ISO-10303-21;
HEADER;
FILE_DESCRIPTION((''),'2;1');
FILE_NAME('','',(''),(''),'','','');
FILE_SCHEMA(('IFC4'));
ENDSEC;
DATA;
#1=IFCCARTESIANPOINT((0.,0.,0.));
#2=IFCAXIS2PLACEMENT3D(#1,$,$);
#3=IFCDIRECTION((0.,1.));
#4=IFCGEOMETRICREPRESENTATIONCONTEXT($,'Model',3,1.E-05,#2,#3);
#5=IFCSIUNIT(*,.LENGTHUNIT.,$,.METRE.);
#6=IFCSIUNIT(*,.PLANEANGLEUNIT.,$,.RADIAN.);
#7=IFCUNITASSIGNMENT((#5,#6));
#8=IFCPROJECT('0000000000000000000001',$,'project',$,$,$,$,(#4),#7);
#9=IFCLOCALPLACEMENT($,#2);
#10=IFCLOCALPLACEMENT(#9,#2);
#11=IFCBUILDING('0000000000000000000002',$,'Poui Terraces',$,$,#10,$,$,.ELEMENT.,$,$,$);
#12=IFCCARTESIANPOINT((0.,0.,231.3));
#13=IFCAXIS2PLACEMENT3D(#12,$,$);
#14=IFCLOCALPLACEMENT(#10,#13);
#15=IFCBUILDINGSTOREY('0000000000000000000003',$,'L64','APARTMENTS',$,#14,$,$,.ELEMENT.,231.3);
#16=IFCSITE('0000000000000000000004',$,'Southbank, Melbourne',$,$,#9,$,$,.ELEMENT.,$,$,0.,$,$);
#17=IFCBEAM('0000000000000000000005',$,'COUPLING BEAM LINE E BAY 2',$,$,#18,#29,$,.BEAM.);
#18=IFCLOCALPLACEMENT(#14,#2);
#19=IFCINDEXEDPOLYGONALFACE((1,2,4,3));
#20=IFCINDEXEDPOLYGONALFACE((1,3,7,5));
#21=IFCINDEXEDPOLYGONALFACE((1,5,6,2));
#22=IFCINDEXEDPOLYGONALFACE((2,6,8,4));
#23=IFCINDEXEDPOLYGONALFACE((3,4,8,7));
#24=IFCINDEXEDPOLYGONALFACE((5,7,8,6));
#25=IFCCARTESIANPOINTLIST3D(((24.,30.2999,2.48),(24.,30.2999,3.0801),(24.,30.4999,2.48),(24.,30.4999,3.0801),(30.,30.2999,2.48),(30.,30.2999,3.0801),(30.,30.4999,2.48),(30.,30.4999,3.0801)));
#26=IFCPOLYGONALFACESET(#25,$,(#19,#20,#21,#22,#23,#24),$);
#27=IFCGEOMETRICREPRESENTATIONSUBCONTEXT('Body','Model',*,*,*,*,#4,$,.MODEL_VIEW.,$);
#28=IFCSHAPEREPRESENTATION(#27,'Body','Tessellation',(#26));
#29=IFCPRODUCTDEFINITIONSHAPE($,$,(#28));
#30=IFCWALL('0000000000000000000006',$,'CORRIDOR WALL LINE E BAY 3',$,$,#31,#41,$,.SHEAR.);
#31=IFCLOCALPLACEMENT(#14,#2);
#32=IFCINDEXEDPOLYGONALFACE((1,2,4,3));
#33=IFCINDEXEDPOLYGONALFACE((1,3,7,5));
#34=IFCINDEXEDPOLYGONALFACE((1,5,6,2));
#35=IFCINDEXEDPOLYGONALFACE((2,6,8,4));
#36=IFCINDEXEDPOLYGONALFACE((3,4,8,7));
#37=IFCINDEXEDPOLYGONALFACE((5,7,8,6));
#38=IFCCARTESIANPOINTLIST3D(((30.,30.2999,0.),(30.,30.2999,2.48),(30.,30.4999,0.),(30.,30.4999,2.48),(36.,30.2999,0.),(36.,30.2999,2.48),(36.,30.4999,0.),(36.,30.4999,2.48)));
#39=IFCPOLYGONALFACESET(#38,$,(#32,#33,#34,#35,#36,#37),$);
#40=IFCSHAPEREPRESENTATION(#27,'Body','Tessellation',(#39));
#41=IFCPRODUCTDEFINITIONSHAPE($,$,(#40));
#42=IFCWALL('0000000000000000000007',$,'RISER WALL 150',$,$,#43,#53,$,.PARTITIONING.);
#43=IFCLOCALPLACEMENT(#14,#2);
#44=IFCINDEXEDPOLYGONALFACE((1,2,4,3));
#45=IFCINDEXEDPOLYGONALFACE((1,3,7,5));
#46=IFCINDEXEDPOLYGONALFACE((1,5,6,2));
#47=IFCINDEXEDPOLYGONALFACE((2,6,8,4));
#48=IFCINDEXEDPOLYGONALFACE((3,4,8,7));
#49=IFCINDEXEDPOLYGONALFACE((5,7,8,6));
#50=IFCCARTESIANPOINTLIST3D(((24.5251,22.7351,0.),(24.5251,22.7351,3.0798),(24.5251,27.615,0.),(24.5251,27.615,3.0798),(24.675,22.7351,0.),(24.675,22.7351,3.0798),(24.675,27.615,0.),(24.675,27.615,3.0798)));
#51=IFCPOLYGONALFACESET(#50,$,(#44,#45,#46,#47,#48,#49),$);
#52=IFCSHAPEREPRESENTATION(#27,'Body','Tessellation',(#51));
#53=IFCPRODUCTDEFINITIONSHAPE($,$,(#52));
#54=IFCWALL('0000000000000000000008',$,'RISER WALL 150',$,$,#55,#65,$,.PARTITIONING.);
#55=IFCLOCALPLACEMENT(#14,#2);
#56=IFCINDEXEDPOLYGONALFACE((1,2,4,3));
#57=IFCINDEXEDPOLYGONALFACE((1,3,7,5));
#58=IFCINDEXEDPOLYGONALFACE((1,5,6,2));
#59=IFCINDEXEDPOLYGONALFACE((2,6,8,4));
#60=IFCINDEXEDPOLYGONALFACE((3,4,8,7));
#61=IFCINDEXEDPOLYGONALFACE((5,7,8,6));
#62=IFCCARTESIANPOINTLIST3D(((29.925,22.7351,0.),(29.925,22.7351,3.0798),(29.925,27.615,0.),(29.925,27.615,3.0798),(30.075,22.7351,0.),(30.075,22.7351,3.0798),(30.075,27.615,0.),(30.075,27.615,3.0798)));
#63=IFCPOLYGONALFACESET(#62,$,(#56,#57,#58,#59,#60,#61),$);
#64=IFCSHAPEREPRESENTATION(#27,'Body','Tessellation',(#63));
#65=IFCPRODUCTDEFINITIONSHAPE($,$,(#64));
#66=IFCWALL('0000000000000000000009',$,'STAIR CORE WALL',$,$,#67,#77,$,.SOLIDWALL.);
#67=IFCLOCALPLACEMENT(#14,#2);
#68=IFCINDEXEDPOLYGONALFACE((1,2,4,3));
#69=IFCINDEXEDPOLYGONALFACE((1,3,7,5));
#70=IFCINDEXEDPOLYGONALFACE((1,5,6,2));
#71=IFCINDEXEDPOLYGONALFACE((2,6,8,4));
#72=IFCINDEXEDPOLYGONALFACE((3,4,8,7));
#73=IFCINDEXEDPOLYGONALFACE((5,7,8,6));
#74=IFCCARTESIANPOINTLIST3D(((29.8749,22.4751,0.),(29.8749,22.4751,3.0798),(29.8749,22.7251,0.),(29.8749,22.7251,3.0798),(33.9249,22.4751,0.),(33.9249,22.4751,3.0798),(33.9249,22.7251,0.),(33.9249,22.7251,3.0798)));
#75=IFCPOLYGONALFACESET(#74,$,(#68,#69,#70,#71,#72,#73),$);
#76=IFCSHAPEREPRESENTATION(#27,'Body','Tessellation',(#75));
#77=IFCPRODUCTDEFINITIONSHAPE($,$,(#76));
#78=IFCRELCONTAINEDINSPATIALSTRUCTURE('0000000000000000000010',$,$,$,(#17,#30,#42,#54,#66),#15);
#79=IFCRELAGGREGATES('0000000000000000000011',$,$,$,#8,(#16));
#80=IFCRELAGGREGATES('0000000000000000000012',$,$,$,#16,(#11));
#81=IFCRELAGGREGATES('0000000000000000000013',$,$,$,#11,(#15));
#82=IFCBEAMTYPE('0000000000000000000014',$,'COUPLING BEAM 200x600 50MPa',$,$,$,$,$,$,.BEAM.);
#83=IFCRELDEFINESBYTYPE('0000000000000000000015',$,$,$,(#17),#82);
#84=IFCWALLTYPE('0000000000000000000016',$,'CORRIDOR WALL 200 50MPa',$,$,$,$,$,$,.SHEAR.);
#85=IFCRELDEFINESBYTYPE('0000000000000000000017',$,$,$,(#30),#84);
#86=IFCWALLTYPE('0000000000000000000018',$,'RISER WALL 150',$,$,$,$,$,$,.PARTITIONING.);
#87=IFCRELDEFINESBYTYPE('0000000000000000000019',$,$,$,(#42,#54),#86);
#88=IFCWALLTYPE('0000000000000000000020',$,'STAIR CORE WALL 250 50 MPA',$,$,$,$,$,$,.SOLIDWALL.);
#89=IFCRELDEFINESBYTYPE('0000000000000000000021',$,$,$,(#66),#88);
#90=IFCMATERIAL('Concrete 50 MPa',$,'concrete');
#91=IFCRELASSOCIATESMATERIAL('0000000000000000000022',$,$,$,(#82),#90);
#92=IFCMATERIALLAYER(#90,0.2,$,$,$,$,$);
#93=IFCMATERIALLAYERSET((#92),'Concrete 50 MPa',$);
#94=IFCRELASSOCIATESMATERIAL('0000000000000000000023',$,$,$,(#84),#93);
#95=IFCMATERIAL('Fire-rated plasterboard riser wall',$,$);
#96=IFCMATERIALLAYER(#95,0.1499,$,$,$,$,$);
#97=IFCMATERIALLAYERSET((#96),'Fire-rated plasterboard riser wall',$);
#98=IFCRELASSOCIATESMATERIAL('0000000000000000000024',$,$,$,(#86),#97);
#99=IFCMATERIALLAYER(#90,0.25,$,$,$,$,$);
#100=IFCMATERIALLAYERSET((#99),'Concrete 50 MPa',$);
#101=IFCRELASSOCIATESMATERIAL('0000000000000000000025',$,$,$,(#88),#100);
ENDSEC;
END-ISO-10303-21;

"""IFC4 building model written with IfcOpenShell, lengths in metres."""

from ifc_helpers import new_model, si_unit, direction, frame, frame_2d, origin, origin_2d, place, context, subcontext, project, spatial, rectangle, extrude, source, transform, mapped, material, layer, layer_set, material_profile, profile_set, type_object, element, save


model = new_model("IFC4")

# Units and contexts
model_context = context("Model", 3, precision=1e-05, world=origin(), true_north=direction((0.0, 1.0)))
body_context = subcontext(model_context, "Body", "Model", "MODEL_VIEW")
ifc_project = project(units=[si_unit("LENGTHUNIT", "METRE"), si_unit("PLANEANGLEUNIT", "RADIAN")], contexts=[model_context])

# Site, building, storey
site_placement = place(None, origin())
site = spatial("IfcSite", under=ifc_project, at=site_placement, Name="Southbank, Melbourne", CompositionType="ELEMENT", RefElevation=0.0)
building_placement = place(site_placement, origin())
building = spatial("IfcBuilding", under=site, at=building_placement, Name="Poui Terraces", CompositionType="ELEMENT")
storey_placement = place(building_placement, frame((0.0, 0.0, 231.3)))
storey = spatial("IfcBuildingStorey", under=building, at=storey_placement, Name="L64", Description="APARTMENTS", CompositionType="ELEMENT", Elevation=231.3)

# Beam
ifc_material_1 = material(Name="Concrete 50 MPa", Category="concrete")
ifc_material_profile = material_profile(ifc_material_1, rectangle(XDim=0.2, YDim=0.6001, at=origin_2d()), Name="RC 200x600")
ifc_profile_set = profile_set([ifc_material_profile], Name="Concrete 50 MPa")
beam_type = type_object("IfcBeamType", Name="COUPLING BEAM 200x600 50MPa", PredefinedType="BEAM", material=ifc_profile_set)
shared_shape = source(origin(), body_context, "Body", "SweptSolid", [
    extrude(rectangle(XDim=0.2, YDim=0.6001, at=origin_2d()), origin(), (0.0, 0.0, 1.0), 6.0),
])
beam_placement = place(storey_placement, frame((24.0, 30.3999, 2.78), z_axis=(1.0, 0.0, 0.0), x_axis=(0.0, 1.0, 0.0)))
element("IfcBeam", 1, at=beam_placement, inside=storey, type_object=beam_type, Name="COUPLING BEAM LINE E BAY 2", PredefinedType="BEAM", context=body_context, shape_type="MappedRepresentation", body=[
    mapped(shared_shape, transform((0.0, 0.0, 0.0))),
])

# Walls
ifc_layer_1 = layer(ifc_material_1, 0.2)
ifc_layer_set_1 = layer_set([ifc_layer_1], Name="Concrete 50 MPa")
wall_type_1 = type_object("IfcWallType", Name="CORRIDOR WALL 200 50MPa", PredefinedType="SHEAR", material=ifc_layer_set_1)
wall_1_placement = place(storey_placement, frame((30.0, 30.3999, 0.0), z_axis=(0.0, 0.0, 1.0), x_axis=(1.0, 0.0, 0.0)))
element("IfcWall", 2, at=wall_1_placement, inside=storey, type_object=wall_type_1, Name="CORRIDOR WALL LINE E BAY 3", PredefinedType="SHEAR", context=body_context, shape_type="SweptSolid", body=[
    extrude(rectangle(XDim=6.0, YDim=0.2, at=frame_2d((3.0, 0.0))), origin(), (0.0, 0.0, 1.0), 2.48),
])
ifc_material_2 = material(Name="Fire-rated plasterboard riser wall")
ifc_layer_2 = layer(ifc_material_2, 0.1499)
ifc_layer_set_2 = layer_set([ifc_layer_2], Name="Fire-rated plasterboard riser wall")
wall_type_2 = type_object("IfcWallType", Name="RISER WALL 150", PredefinedType="PARTITIONING", material=ifc_layer_set_2)
for number, where, z_axis, x_axis, name in (
    (3, (24.6001, 22.7351, 0.0), (0.0, 0.0, 1.0), (0.0, 1.0, 0.0), "RISER WALL 150"),
    (4, (30.0, 22.7351, 0.0), (0.0, 0.0, 1.0), (0.0, 1.0, 0.0), "RISER WALL 150"),
):
    element("IfcWall", number, at=place(storey_placement, frame(where, z_axis=z_axis, x_axis=x_axis)), inside=storey, type_object=wall_type_2, Name=name, PredefinedType="PARTITIONING", context=body_context, shape_type="SweptSolid", body=[
        extrude(rectangle(XDim=4.8799, YDim=0.1499, at=frame_2d((2.4399, 0.0))), origin(), (0.0, 0.0, 1.0), 3.0798),
    ])
ifc_layer_3 = layer(ifc_material_1, 0.25)
ifc_layer_set_3 = layer_set([ifc_layer_3], Name="Concrete 50 MPa")
wall_type_3 = type_object("IfcWallType", Name="STAIR CORE WALL 250 50 MPA", PredefinedType="SOLIDWALL", material=ifc_layer_set_3)
wall_2_placement = place(storey_placement, frame((29.875, 22.6001, 0.0), z_axis=(0.0, 0.0, 1.0), x_axis=(1.0, 0.0, 0.0)))
element("IfcWall", 5, at=wall_2_placement, inside=storey, type_object=wall_type_3, Name="STAIR CORE WALL", PredefinedType="SOLIDWALL", context=body_context, shape_type="SweptSolid", body=[
    extrude(rectangle(XDim=4.05, YDim=0.25, at=frame_2d((2.0249, 0.0))), origin(), (0.0, 0.0, 1.0), 3.0798),
])

save(model, "model.ifc")
